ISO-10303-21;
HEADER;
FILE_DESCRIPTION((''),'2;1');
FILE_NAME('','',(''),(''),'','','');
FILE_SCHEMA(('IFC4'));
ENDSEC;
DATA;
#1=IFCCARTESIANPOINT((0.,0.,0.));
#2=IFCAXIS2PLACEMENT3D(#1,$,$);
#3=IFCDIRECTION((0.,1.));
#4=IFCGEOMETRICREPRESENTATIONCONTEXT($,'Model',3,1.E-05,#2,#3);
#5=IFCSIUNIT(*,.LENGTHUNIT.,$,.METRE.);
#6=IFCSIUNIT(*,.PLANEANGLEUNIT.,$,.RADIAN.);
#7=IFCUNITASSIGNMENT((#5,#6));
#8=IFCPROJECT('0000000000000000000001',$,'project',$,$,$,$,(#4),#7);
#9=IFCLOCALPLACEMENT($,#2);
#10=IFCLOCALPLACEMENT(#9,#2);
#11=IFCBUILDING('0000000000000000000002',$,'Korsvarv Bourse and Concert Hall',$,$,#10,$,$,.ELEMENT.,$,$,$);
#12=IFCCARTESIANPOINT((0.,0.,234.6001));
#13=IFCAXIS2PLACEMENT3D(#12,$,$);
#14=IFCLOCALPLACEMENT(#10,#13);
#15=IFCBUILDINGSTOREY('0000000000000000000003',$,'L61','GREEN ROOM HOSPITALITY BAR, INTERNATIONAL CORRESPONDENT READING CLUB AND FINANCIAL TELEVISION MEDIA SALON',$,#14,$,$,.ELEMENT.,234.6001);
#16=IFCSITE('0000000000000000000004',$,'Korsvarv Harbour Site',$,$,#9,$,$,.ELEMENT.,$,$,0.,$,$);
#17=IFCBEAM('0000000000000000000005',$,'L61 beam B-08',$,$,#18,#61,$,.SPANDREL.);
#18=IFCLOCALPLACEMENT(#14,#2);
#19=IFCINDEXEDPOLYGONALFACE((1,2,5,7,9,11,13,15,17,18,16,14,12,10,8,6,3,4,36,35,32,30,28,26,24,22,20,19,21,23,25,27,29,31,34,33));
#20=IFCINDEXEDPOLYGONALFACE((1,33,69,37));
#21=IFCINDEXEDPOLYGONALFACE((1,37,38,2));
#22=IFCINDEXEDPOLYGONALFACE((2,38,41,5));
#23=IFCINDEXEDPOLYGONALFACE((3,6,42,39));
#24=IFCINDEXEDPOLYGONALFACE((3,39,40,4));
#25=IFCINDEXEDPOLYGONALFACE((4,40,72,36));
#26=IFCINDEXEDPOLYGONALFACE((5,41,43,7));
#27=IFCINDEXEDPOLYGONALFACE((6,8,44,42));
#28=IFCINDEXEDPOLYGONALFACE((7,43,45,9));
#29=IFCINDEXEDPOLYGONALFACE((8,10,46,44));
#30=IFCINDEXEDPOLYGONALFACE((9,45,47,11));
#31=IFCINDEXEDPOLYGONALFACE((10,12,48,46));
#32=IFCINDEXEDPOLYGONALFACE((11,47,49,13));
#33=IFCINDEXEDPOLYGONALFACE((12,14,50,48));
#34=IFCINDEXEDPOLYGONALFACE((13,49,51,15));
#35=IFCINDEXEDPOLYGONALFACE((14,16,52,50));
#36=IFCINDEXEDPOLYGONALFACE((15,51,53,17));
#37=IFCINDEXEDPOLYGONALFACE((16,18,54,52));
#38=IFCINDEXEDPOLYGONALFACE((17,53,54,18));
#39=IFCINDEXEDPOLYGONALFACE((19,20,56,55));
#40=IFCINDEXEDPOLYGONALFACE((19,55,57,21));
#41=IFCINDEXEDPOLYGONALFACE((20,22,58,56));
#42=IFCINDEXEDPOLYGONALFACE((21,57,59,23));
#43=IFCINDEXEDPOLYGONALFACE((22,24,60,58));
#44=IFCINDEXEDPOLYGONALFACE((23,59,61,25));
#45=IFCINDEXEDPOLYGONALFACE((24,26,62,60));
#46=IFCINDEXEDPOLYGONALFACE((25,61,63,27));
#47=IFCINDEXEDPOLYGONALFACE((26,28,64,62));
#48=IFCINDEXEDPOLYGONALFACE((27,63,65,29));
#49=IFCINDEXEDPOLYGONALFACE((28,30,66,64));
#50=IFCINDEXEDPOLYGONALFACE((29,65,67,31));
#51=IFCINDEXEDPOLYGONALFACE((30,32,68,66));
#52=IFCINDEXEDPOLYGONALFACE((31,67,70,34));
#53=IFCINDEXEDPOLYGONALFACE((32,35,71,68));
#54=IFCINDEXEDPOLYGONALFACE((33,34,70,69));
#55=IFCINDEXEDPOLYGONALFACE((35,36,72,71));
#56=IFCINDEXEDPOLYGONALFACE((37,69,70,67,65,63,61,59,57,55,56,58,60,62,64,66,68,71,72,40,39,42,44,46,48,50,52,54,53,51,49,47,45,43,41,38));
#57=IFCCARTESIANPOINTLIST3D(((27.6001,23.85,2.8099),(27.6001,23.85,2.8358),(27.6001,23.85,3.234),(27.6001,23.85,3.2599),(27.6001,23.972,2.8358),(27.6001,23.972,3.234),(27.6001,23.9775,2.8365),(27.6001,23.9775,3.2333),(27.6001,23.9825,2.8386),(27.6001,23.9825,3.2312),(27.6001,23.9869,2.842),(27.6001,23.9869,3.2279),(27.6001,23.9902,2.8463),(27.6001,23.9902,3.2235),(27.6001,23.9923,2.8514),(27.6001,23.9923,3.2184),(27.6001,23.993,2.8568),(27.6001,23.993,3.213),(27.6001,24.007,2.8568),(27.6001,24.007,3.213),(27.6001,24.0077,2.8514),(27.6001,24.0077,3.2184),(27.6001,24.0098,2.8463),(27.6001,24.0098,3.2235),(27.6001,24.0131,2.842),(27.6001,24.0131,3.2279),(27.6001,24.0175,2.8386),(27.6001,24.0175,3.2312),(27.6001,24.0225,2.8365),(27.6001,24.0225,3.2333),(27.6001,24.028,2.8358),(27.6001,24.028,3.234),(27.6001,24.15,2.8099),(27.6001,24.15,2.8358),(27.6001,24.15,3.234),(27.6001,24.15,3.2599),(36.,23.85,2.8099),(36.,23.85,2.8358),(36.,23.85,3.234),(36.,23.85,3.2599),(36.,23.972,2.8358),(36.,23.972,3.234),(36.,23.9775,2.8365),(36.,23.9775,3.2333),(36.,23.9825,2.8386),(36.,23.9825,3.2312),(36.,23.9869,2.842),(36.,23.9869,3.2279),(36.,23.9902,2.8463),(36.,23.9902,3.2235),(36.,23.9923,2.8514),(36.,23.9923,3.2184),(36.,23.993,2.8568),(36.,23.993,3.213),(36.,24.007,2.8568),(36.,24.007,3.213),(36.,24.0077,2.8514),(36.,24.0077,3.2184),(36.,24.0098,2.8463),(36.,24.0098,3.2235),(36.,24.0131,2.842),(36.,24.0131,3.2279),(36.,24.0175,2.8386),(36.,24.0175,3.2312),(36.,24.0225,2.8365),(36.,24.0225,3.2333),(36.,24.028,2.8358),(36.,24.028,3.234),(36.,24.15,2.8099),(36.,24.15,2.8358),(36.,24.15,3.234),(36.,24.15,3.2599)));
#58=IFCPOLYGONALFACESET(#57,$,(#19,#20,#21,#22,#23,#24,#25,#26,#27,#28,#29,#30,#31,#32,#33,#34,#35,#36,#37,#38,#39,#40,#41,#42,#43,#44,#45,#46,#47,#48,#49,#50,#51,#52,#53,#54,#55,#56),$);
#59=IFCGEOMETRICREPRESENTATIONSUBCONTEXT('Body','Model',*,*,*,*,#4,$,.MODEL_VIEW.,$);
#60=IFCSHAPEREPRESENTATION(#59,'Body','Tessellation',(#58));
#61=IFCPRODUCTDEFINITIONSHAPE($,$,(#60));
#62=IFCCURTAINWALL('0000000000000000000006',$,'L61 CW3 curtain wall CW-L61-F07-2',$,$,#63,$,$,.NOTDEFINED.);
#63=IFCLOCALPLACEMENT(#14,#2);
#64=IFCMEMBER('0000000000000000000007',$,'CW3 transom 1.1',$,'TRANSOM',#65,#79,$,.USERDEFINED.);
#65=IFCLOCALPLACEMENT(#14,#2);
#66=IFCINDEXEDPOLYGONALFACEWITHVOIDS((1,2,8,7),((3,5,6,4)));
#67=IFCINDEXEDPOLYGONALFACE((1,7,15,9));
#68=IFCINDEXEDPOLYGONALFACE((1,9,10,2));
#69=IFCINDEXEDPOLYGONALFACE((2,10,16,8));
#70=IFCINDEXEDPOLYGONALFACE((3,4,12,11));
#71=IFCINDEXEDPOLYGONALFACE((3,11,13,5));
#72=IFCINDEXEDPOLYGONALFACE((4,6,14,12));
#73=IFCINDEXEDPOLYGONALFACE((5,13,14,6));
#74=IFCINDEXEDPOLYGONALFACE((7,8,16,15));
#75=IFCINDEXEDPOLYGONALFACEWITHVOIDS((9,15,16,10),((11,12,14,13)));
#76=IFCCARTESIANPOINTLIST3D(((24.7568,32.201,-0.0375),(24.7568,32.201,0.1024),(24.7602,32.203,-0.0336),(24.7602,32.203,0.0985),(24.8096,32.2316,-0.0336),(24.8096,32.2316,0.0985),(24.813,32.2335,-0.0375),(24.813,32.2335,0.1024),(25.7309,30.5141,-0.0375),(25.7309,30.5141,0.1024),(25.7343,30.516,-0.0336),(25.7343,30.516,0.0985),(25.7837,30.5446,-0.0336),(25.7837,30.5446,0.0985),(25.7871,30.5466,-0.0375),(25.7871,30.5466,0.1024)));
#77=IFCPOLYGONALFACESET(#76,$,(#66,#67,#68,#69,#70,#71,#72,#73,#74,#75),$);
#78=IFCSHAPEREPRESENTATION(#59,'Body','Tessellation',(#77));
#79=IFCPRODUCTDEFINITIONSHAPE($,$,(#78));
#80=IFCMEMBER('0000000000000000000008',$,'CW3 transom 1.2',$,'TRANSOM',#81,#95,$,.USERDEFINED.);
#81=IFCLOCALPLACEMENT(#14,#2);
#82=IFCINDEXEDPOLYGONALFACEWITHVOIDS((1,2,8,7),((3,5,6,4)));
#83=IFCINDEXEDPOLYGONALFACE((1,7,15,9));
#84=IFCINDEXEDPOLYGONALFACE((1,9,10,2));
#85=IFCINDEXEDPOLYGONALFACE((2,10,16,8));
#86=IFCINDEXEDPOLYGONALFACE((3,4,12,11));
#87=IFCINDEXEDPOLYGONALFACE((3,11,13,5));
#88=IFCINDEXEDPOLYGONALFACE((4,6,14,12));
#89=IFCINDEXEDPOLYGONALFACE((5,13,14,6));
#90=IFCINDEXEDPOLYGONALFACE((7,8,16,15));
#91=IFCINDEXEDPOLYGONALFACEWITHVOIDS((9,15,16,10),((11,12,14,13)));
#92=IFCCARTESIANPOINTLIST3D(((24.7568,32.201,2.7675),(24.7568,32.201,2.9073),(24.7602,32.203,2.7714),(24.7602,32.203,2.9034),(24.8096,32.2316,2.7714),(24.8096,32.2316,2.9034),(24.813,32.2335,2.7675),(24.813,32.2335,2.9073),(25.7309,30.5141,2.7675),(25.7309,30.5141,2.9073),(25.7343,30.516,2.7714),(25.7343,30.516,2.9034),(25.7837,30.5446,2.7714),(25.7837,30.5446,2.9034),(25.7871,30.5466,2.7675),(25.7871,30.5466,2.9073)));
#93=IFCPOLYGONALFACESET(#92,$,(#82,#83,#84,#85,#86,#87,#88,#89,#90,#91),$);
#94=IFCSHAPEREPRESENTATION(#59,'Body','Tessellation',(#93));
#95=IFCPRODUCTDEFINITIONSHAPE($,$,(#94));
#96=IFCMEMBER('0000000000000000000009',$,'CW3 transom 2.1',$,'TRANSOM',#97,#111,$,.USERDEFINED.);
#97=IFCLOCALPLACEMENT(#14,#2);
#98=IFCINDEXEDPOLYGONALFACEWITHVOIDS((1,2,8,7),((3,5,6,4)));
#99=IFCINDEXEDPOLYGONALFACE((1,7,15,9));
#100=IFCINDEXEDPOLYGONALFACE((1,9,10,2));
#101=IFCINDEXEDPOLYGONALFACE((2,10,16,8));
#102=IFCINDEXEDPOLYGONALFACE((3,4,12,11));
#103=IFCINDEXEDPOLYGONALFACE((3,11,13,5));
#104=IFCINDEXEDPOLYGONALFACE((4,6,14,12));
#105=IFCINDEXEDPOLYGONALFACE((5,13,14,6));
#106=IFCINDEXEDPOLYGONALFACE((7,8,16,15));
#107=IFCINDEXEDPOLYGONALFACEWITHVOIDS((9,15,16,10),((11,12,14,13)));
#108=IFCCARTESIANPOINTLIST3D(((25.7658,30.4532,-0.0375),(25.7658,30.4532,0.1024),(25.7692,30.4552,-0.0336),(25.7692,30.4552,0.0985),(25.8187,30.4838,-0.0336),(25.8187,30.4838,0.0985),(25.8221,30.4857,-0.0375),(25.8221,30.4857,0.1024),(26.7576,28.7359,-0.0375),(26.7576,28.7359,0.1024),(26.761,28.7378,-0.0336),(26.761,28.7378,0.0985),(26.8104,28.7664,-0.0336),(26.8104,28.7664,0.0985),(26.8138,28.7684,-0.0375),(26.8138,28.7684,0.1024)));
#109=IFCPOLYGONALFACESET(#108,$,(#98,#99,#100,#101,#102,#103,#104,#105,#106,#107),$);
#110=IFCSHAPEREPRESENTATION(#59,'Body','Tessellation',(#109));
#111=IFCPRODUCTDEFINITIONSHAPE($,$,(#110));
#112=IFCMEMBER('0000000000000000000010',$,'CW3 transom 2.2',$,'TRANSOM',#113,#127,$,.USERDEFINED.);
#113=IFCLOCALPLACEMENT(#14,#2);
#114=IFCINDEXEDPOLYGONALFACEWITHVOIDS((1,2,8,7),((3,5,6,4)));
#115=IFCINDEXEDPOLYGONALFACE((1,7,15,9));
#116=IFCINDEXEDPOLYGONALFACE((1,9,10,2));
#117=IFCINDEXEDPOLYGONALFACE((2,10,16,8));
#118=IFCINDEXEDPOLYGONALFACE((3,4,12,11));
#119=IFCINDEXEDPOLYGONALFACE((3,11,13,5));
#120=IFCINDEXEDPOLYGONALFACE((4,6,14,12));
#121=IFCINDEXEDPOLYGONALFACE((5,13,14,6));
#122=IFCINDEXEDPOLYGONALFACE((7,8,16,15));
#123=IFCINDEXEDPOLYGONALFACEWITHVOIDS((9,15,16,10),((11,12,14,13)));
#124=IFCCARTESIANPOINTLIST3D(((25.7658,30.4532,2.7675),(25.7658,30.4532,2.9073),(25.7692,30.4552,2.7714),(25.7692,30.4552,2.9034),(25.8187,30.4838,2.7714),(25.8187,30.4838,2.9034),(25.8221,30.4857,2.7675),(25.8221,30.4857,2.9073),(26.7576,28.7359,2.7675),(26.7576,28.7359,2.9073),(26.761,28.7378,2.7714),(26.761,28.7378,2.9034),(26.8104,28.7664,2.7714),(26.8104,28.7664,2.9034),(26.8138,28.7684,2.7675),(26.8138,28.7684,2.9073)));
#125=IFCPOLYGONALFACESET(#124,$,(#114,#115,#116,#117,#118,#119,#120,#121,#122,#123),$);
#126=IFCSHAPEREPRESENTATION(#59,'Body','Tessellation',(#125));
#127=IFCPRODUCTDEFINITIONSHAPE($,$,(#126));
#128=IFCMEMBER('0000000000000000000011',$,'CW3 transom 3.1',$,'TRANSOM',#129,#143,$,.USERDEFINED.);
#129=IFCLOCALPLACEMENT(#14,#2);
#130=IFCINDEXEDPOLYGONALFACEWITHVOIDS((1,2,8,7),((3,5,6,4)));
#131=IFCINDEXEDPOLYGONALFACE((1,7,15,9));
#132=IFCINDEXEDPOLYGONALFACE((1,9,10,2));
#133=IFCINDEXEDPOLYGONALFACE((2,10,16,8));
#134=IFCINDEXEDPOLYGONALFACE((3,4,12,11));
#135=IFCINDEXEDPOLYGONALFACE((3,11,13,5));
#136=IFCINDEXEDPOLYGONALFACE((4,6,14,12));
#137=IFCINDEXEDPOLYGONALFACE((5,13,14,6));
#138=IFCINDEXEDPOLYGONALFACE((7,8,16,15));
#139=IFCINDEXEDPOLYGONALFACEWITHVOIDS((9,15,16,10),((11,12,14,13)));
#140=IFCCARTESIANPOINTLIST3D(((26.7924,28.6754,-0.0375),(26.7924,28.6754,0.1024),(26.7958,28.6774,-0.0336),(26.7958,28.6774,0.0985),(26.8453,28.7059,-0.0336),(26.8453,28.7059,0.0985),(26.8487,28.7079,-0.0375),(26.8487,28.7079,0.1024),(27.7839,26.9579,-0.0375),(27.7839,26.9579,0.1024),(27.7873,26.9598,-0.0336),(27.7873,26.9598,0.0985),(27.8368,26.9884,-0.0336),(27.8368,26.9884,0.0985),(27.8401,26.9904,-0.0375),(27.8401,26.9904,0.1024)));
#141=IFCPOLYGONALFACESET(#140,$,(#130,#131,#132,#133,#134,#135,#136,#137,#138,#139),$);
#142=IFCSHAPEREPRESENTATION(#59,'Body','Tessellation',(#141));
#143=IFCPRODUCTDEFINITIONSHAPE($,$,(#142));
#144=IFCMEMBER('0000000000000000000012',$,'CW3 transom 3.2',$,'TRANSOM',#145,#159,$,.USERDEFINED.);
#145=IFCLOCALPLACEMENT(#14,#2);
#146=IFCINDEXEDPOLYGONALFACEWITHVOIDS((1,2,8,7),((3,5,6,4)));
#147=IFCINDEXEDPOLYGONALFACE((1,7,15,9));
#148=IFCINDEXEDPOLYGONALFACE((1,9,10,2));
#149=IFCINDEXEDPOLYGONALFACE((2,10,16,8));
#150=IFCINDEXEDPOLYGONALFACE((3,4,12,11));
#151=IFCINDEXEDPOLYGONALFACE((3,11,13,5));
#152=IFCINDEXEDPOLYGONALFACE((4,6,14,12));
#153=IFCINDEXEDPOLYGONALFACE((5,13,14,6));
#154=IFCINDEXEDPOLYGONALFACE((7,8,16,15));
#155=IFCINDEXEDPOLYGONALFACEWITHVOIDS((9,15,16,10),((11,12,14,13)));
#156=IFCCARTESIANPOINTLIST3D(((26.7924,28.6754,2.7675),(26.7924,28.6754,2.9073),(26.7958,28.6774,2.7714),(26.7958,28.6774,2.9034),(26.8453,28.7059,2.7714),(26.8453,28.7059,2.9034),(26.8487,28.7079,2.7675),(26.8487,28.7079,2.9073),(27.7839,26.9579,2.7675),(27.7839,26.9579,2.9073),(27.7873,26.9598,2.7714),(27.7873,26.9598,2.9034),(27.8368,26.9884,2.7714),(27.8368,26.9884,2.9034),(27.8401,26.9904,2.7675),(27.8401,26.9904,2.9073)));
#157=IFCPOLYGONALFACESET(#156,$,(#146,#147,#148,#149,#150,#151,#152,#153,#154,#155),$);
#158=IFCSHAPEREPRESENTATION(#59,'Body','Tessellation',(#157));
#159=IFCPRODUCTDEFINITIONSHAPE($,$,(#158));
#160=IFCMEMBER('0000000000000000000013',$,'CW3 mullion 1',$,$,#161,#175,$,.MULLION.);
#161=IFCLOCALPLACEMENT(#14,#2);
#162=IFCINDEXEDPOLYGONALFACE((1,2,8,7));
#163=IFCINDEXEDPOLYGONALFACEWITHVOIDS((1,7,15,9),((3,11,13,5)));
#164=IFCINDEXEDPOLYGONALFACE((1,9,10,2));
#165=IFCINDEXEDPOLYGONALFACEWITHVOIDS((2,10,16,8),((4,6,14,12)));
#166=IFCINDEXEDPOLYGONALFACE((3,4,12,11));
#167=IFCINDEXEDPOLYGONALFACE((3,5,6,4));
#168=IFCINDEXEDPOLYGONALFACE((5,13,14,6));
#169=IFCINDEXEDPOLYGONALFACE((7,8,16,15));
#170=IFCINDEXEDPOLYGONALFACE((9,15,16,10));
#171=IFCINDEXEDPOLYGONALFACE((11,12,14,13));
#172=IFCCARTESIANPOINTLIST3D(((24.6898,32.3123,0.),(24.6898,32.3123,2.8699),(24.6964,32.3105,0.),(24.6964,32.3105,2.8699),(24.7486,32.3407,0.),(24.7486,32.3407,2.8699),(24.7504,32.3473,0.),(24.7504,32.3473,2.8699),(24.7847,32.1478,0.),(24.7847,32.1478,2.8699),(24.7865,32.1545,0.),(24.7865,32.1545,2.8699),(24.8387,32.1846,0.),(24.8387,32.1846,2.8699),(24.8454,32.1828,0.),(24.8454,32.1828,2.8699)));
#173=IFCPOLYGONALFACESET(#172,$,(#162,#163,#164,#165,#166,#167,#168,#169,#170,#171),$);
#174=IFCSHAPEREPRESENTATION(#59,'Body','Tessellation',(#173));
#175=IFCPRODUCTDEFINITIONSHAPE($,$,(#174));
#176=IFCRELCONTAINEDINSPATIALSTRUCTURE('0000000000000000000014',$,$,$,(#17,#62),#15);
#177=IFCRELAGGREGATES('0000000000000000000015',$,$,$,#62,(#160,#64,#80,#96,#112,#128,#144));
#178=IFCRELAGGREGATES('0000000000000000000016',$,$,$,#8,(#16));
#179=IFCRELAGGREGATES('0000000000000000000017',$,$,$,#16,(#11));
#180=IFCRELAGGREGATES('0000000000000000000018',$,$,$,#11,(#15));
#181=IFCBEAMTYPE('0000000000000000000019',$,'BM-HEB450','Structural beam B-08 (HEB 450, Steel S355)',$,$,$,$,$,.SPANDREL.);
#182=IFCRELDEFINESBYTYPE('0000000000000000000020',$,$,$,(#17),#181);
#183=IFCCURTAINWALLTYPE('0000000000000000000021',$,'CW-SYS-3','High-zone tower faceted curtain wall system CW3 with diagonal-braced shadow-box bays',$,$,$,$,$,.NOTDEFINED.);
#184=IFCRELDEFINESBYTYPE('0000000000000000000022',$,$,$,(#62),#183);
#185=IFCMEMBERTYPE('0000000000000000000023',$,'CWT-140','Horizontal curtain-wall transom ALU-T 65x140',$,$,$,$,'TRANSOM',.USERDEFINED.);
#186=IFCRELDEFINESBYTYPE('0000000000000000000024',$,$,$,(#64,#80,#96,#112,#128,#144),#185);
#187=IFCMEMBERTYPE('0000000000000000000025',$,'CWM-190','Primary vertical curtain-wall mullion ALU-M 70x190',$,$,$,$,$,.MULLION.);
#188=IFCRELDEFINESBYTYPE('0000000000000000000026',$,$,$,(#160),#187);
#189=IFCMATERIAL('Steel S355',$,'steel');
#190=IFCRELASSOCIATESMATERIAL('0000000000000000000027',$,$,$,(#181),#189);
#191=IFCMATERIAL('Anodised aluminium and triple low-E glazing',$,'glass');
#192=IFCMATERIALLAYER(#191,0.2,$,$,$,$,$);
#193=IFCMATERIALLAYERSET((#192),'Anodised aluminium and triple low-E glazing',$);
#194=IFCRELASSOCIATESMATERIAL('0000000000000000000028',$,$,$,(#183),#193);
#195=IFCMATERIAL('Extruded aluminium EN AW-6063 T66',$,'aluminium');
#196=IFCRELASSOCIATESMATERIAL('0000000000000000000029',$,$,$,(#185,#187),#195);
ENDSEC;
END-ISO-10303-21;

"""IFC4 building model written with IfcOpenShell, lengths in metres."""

from ifc_helpers import new_model, si_unit, direction, frame, origin, origin_2d, place, context, subcontext, project, spatial, hollow_rectangle, i_section, extrude, source, transform, mapped, material, layer, layer_set, material_profile, profile_set, type_object, element, aggregate, save


model = new_model("IFC4")

# Units and contexts
model_context = context("Model", 3, precision=1e-05, world=origin(), true_north=direction((0.0, 1.0)))
body_context = subcontext(model_context, "Body", "Model", "MODEL_VIEW")
ifc_project = project(units=[si_unit("LENGTHUNIT", "METRE"), si_unit("PLANEANGLEUNIT", "RADIAN")], contexts=[model_context])

# Site, building, storey
site_placement = place(None, origin())
site = spatial("IfcSite", under=ifc_project, at=site_placement, Name="Korsvarv Harbour Site", CompositionType="ELEMENT", RefElevation=0.0)
building_placement = place(site_placement, origin())
building = spatial("IfcBuilding", under=site, at=building_placement, Name="Korsvarv Bourse and Concert Hall", CompositionType="ELEMENT")
storey_placement = place(building_placement, frame((0.0, 0.0, 234.6001)))
storey = spatial("IfcBuildingStorey", under=building, at=storey_placement, Name="L61", Description="GREEN ROOM HOSPITALITY BAR, INTERNATIONAL CORRESPONDENT READING CLUB AND FINANCIAL TELEVISION MEDIA SALON", CompositionType="ELEMENT", Elevation=234.6001)

# Shared definitions
ifc_material_1 = material(Name="Steel S355", Category="steel")

# Beam
ifc_material_profile_1 = material_profile(ifc_material_1, i_section(OverallWidth=0.3, OverallDepth=0.45, WebThickness=0.0139, FlangeThickness=0.0259, FilletRadius=0.021, at=origin_2d()), Name="HEB 450")
ifc_profile_set_1 = profile_set([ifc_material_profile_1], Name="Steel S355")
beam_type_1 = type_object("IfcBeamType", Name="BM-HEB450", Description="Structural beam B-08 (HEB 450, Steel S355)", PredefinedType="SPANDREL", material=ifc_profile_set_1)
shared_shape_1 = source(origin(), body_context, "Body", "SweptSolid", [
    extrude(i_section(OverallWidth=0.3, OverallDepth=0.45, WebThickness=0.0139, FlangeThickness=0.0259, FilletRadius=0.021, at=origin_2d()), origin(), (0.0, 0.0, 1.0), 8.3999),
])
beam_1_placement = place(storey_placement, frame((27.6001, 24.0, 3.0349), z_axis=(1.0, 0.0, 0.0), x_axis=(0.0, 1.0, 0.0)))
element("IfcBeam", 1, at=beam_1_placement, inside=storey, type_object=beam_type_1, Name="L61 beam B-08", PredefinedType="SPANDREL", context=body_context, shape_type="MappedRepresentation", body=[
    mapped(shared_shape_1, transform((0.0, 0.0, 0.0), scale=1.0)),
])

# Curtain wall, members
ifc_material_2 = material(Name="Anodised aluminium and triple low-E glazing", Category="glass")
ifc_layer_1 = layer(ifc_material_2, 0.2)
ifc_layer_set_1 = layer_set([ifc_layer_1], Name="Anodised aluminium and triple low-E glazing")
curtain_wall_type = type_object("IfcCurtainWallType", Name="CW-SYS-3", Description="High-zone tower faceted curtain wall system CW3 with diagonal-braced shadow-box bays", PredefinedType="NOTDEFINED", material=ifc_layer_set_1)
curtain_wall_placement = place(storey_placement, origin())
curtain_wall = element("IfcCurtainWall", 2, at=curtain_wall_placement, inside=storey, type_object=curtain_wall_type, Name="L61 CW3 curtain wall CW-L61-F07-2", PredefinedType="NOTDEFINED")
ifc_material_3 = material(Name="Extruded aluminium EN AW-6063 T66", Category="aluminium")
ifc_material_profile_2 = material_profile(ifc_material_3, hollow_rectangle(XDim=0.0649, YDim=0.1399, WallThickness=0.0039, at=origin_2d()), Name="ALU-T 65x140")
ifc_profile_set_2 = profile_set([ifc_material_profile_2], Name="Extruded aluminium EN AW-6063 T66")
member_type_1 = type_object("IfcMemberType", Name="CWT-140", Description="Horizontal curtain-wall transom ALU-T 65x140", ElementType="TRANSOM", PredefinedType="USERDEFINED", material=ifc_profile_set_2)
shared_shape_2 = source(origin(), body_context, "Body", "SweptSolid", [
    extrude(hollow_rectangle(XDim=0.0649, YDim=0.1399, WallThickness=0.0039, at=origin_2d()), origin(), (0.0, 0.0, 1.0), 1.948),
])
member_1_placement = place(storey_placement, frame((24.7849, 32.2173, 0.0325), z_axis=(0.500048, -0.865998, 0.0), x_axis=(0.865998, 0.500048, 0.0)))
member_1 = element("IfcMember", 3, at=member_1_placement, type_object=member_type_1, Name="CW3 transom 1.1", ObjectType="TRANSOM", PredefinedType="USERDEFINED", context=body_context, shape_type="MappedRepresentation", body=[
    mapped(shared_shape_2, transform((0.0, 0.0, 0.0), scale=1.0)),
])
member_2_placement = place(storey_placement, frame((24.7849, 32.2173, 2.8374), z_axis=(0.500048, -0.865998, 0.0), x_axis=(0.865998, 0.500048, 0.0)))
member_2 = element("IfcMember", 4, at=member_2_placement, type_object=member_type_1, Name="CW3 transom 1.2", ObjectType="TRANSOM", PredefinedType="USERDEFINED", context=body_context, shape_type="MappedRepresentation", body=[
    mapped(shared_shape_2, transform((0.0, 0.0, 0.0), scale=1.0)),
])
shared_shape_3 = source(origin(), body_context, "Body", "SweptSolid", [
    extrude(hollow_rectangle(XDim=0.0649, YDim=0.1399, WallThickness=0.0039, at=origin_2d()), origin(), (0.0, 0.0, 1.0), 1.9832),
])
member_3_placement = place(storey_placement, frame((25.7939, 30.4695, 0.0325), z_axis=(0.500085, -0.865976, 0.0), x_axis=(0.865976, 0.500085, 0.0)))
member_3 = element("IfcMember", 5, at=member_3_placement, type_object=member_type_1, Name="CW3 transom 2.1", ObjectType="TRANSOM", PredefinedType="USERDEFINED", context=body_context, shape_type="MappedRepresentation", body=[
    mapped(shared_shape_3, transform((0.0, 0.0, 0.0), scale=1.0)),
])
member_4_placement = place(storey_placement, frame((25.7939, 30.4695, 2.8374), z_axis=(0.500085, -0.865976, 0.0), x_axis=(0.865976, 0.500085, 0.0)))
member_4 = element("IfcMember", 6, at=member_4_placement, type_object=member_type_1, Name="CW3 transom 2.2", ObjectType="TRANSOM", PredefinedType="USERDEFINED", context=body_context, shape_type="MappedRepresentation", body=[
    mapped(shared_shape_3, transform((0.0, 0.0, 0.0), scale=1.0)),
])
member_5_placement = place(storey_placement, frame((26.8206, 28.6917, 0.0325), z_axis=(0.499939, -0.866061, 0.0), x_axis=(0.866061, 0.499939, 0.0)))
member_5 = element("IfcMember", 7, at=member_5_placement, type_object=member_type_1, Name="CW3 transom 3.1", ObjectType="TRANSOM", PredefinedType="USERDEFINED", context=body_context, shape_type="MappedRepresentation", body=[
    mapped(shared_shape_3, transform((0.0, 0.0, 0.0), scale=1.0)),
])
member_6_placement = place(storey_placement, frame((26.8206, 28.6917, 2.8374), z_axis=(0.499939, -0.866061, 0.0), x_axis=(0.866061, 0.499939, 0.0)))
member_6 = element("IfcMember", 8, at=member_6_placement, type_object=member_type_1, Name="CW3 transom 3.2", ObjectType="TRANSOM", PredefinedType="USERDEFINED", context=body_context, shape_type="MappedRepresentation", body=[
    mapped(shared_shape_3, transform((0.0, 0.0, 0.0), scale=1.0)),
])
ifc_material_profile_3 = material_profile(ifc_material_3, hollow_rectangle(XDim=0.0701, YDim=0.1899, WallThickness=0.0049, at=origin_2d()), Name="ALU-M 70x190")
ifc_profile_set_3 = profile_set([ifc_material_profile_3], Name="Extruded aluminium EN AW-6063 T66")
member_type_2 = type_object("IfcMemberType", Name="CWM-190", Description="Primary vertical curtain-wall mullion ALU-M 70x190", PredefinedType="MULLION", material=ifc_profile_set_3)
shared_shape_4 = source(origin(), body_context, "Body", "SweptSolid", [
    extrude(hollow_rectangle(XDim=0.0701, YDim=0.1899, WallThickness=0.0049, at=origin_2d()), origin(), (0.0, 0.0, 1.0), 2.8699),
])
member_7_placement = place(storey_placement, frame((24.7676, 32.2476, 0.0), z_axis=(0.0, 0.0, 1.0), x_axis=(0.866025, 0.5, 0.0)))
member_7 = element("IfcMember", 9, at=member_7_placement, type_object=member_type_2, Name="CW3 mullion 1", PredefinedType="MULLION", context=body_context, shape_type="MappedRepresentation", body=[
    mapped(shared_shape_4, transform((0.0, 0.0, 0.0), scale=1.0)),
])

aggregate(curtain_wall, [member_7, member_1, member_2, member_3, member_4, member_5, member_6])

save(model, "model.ifc")
